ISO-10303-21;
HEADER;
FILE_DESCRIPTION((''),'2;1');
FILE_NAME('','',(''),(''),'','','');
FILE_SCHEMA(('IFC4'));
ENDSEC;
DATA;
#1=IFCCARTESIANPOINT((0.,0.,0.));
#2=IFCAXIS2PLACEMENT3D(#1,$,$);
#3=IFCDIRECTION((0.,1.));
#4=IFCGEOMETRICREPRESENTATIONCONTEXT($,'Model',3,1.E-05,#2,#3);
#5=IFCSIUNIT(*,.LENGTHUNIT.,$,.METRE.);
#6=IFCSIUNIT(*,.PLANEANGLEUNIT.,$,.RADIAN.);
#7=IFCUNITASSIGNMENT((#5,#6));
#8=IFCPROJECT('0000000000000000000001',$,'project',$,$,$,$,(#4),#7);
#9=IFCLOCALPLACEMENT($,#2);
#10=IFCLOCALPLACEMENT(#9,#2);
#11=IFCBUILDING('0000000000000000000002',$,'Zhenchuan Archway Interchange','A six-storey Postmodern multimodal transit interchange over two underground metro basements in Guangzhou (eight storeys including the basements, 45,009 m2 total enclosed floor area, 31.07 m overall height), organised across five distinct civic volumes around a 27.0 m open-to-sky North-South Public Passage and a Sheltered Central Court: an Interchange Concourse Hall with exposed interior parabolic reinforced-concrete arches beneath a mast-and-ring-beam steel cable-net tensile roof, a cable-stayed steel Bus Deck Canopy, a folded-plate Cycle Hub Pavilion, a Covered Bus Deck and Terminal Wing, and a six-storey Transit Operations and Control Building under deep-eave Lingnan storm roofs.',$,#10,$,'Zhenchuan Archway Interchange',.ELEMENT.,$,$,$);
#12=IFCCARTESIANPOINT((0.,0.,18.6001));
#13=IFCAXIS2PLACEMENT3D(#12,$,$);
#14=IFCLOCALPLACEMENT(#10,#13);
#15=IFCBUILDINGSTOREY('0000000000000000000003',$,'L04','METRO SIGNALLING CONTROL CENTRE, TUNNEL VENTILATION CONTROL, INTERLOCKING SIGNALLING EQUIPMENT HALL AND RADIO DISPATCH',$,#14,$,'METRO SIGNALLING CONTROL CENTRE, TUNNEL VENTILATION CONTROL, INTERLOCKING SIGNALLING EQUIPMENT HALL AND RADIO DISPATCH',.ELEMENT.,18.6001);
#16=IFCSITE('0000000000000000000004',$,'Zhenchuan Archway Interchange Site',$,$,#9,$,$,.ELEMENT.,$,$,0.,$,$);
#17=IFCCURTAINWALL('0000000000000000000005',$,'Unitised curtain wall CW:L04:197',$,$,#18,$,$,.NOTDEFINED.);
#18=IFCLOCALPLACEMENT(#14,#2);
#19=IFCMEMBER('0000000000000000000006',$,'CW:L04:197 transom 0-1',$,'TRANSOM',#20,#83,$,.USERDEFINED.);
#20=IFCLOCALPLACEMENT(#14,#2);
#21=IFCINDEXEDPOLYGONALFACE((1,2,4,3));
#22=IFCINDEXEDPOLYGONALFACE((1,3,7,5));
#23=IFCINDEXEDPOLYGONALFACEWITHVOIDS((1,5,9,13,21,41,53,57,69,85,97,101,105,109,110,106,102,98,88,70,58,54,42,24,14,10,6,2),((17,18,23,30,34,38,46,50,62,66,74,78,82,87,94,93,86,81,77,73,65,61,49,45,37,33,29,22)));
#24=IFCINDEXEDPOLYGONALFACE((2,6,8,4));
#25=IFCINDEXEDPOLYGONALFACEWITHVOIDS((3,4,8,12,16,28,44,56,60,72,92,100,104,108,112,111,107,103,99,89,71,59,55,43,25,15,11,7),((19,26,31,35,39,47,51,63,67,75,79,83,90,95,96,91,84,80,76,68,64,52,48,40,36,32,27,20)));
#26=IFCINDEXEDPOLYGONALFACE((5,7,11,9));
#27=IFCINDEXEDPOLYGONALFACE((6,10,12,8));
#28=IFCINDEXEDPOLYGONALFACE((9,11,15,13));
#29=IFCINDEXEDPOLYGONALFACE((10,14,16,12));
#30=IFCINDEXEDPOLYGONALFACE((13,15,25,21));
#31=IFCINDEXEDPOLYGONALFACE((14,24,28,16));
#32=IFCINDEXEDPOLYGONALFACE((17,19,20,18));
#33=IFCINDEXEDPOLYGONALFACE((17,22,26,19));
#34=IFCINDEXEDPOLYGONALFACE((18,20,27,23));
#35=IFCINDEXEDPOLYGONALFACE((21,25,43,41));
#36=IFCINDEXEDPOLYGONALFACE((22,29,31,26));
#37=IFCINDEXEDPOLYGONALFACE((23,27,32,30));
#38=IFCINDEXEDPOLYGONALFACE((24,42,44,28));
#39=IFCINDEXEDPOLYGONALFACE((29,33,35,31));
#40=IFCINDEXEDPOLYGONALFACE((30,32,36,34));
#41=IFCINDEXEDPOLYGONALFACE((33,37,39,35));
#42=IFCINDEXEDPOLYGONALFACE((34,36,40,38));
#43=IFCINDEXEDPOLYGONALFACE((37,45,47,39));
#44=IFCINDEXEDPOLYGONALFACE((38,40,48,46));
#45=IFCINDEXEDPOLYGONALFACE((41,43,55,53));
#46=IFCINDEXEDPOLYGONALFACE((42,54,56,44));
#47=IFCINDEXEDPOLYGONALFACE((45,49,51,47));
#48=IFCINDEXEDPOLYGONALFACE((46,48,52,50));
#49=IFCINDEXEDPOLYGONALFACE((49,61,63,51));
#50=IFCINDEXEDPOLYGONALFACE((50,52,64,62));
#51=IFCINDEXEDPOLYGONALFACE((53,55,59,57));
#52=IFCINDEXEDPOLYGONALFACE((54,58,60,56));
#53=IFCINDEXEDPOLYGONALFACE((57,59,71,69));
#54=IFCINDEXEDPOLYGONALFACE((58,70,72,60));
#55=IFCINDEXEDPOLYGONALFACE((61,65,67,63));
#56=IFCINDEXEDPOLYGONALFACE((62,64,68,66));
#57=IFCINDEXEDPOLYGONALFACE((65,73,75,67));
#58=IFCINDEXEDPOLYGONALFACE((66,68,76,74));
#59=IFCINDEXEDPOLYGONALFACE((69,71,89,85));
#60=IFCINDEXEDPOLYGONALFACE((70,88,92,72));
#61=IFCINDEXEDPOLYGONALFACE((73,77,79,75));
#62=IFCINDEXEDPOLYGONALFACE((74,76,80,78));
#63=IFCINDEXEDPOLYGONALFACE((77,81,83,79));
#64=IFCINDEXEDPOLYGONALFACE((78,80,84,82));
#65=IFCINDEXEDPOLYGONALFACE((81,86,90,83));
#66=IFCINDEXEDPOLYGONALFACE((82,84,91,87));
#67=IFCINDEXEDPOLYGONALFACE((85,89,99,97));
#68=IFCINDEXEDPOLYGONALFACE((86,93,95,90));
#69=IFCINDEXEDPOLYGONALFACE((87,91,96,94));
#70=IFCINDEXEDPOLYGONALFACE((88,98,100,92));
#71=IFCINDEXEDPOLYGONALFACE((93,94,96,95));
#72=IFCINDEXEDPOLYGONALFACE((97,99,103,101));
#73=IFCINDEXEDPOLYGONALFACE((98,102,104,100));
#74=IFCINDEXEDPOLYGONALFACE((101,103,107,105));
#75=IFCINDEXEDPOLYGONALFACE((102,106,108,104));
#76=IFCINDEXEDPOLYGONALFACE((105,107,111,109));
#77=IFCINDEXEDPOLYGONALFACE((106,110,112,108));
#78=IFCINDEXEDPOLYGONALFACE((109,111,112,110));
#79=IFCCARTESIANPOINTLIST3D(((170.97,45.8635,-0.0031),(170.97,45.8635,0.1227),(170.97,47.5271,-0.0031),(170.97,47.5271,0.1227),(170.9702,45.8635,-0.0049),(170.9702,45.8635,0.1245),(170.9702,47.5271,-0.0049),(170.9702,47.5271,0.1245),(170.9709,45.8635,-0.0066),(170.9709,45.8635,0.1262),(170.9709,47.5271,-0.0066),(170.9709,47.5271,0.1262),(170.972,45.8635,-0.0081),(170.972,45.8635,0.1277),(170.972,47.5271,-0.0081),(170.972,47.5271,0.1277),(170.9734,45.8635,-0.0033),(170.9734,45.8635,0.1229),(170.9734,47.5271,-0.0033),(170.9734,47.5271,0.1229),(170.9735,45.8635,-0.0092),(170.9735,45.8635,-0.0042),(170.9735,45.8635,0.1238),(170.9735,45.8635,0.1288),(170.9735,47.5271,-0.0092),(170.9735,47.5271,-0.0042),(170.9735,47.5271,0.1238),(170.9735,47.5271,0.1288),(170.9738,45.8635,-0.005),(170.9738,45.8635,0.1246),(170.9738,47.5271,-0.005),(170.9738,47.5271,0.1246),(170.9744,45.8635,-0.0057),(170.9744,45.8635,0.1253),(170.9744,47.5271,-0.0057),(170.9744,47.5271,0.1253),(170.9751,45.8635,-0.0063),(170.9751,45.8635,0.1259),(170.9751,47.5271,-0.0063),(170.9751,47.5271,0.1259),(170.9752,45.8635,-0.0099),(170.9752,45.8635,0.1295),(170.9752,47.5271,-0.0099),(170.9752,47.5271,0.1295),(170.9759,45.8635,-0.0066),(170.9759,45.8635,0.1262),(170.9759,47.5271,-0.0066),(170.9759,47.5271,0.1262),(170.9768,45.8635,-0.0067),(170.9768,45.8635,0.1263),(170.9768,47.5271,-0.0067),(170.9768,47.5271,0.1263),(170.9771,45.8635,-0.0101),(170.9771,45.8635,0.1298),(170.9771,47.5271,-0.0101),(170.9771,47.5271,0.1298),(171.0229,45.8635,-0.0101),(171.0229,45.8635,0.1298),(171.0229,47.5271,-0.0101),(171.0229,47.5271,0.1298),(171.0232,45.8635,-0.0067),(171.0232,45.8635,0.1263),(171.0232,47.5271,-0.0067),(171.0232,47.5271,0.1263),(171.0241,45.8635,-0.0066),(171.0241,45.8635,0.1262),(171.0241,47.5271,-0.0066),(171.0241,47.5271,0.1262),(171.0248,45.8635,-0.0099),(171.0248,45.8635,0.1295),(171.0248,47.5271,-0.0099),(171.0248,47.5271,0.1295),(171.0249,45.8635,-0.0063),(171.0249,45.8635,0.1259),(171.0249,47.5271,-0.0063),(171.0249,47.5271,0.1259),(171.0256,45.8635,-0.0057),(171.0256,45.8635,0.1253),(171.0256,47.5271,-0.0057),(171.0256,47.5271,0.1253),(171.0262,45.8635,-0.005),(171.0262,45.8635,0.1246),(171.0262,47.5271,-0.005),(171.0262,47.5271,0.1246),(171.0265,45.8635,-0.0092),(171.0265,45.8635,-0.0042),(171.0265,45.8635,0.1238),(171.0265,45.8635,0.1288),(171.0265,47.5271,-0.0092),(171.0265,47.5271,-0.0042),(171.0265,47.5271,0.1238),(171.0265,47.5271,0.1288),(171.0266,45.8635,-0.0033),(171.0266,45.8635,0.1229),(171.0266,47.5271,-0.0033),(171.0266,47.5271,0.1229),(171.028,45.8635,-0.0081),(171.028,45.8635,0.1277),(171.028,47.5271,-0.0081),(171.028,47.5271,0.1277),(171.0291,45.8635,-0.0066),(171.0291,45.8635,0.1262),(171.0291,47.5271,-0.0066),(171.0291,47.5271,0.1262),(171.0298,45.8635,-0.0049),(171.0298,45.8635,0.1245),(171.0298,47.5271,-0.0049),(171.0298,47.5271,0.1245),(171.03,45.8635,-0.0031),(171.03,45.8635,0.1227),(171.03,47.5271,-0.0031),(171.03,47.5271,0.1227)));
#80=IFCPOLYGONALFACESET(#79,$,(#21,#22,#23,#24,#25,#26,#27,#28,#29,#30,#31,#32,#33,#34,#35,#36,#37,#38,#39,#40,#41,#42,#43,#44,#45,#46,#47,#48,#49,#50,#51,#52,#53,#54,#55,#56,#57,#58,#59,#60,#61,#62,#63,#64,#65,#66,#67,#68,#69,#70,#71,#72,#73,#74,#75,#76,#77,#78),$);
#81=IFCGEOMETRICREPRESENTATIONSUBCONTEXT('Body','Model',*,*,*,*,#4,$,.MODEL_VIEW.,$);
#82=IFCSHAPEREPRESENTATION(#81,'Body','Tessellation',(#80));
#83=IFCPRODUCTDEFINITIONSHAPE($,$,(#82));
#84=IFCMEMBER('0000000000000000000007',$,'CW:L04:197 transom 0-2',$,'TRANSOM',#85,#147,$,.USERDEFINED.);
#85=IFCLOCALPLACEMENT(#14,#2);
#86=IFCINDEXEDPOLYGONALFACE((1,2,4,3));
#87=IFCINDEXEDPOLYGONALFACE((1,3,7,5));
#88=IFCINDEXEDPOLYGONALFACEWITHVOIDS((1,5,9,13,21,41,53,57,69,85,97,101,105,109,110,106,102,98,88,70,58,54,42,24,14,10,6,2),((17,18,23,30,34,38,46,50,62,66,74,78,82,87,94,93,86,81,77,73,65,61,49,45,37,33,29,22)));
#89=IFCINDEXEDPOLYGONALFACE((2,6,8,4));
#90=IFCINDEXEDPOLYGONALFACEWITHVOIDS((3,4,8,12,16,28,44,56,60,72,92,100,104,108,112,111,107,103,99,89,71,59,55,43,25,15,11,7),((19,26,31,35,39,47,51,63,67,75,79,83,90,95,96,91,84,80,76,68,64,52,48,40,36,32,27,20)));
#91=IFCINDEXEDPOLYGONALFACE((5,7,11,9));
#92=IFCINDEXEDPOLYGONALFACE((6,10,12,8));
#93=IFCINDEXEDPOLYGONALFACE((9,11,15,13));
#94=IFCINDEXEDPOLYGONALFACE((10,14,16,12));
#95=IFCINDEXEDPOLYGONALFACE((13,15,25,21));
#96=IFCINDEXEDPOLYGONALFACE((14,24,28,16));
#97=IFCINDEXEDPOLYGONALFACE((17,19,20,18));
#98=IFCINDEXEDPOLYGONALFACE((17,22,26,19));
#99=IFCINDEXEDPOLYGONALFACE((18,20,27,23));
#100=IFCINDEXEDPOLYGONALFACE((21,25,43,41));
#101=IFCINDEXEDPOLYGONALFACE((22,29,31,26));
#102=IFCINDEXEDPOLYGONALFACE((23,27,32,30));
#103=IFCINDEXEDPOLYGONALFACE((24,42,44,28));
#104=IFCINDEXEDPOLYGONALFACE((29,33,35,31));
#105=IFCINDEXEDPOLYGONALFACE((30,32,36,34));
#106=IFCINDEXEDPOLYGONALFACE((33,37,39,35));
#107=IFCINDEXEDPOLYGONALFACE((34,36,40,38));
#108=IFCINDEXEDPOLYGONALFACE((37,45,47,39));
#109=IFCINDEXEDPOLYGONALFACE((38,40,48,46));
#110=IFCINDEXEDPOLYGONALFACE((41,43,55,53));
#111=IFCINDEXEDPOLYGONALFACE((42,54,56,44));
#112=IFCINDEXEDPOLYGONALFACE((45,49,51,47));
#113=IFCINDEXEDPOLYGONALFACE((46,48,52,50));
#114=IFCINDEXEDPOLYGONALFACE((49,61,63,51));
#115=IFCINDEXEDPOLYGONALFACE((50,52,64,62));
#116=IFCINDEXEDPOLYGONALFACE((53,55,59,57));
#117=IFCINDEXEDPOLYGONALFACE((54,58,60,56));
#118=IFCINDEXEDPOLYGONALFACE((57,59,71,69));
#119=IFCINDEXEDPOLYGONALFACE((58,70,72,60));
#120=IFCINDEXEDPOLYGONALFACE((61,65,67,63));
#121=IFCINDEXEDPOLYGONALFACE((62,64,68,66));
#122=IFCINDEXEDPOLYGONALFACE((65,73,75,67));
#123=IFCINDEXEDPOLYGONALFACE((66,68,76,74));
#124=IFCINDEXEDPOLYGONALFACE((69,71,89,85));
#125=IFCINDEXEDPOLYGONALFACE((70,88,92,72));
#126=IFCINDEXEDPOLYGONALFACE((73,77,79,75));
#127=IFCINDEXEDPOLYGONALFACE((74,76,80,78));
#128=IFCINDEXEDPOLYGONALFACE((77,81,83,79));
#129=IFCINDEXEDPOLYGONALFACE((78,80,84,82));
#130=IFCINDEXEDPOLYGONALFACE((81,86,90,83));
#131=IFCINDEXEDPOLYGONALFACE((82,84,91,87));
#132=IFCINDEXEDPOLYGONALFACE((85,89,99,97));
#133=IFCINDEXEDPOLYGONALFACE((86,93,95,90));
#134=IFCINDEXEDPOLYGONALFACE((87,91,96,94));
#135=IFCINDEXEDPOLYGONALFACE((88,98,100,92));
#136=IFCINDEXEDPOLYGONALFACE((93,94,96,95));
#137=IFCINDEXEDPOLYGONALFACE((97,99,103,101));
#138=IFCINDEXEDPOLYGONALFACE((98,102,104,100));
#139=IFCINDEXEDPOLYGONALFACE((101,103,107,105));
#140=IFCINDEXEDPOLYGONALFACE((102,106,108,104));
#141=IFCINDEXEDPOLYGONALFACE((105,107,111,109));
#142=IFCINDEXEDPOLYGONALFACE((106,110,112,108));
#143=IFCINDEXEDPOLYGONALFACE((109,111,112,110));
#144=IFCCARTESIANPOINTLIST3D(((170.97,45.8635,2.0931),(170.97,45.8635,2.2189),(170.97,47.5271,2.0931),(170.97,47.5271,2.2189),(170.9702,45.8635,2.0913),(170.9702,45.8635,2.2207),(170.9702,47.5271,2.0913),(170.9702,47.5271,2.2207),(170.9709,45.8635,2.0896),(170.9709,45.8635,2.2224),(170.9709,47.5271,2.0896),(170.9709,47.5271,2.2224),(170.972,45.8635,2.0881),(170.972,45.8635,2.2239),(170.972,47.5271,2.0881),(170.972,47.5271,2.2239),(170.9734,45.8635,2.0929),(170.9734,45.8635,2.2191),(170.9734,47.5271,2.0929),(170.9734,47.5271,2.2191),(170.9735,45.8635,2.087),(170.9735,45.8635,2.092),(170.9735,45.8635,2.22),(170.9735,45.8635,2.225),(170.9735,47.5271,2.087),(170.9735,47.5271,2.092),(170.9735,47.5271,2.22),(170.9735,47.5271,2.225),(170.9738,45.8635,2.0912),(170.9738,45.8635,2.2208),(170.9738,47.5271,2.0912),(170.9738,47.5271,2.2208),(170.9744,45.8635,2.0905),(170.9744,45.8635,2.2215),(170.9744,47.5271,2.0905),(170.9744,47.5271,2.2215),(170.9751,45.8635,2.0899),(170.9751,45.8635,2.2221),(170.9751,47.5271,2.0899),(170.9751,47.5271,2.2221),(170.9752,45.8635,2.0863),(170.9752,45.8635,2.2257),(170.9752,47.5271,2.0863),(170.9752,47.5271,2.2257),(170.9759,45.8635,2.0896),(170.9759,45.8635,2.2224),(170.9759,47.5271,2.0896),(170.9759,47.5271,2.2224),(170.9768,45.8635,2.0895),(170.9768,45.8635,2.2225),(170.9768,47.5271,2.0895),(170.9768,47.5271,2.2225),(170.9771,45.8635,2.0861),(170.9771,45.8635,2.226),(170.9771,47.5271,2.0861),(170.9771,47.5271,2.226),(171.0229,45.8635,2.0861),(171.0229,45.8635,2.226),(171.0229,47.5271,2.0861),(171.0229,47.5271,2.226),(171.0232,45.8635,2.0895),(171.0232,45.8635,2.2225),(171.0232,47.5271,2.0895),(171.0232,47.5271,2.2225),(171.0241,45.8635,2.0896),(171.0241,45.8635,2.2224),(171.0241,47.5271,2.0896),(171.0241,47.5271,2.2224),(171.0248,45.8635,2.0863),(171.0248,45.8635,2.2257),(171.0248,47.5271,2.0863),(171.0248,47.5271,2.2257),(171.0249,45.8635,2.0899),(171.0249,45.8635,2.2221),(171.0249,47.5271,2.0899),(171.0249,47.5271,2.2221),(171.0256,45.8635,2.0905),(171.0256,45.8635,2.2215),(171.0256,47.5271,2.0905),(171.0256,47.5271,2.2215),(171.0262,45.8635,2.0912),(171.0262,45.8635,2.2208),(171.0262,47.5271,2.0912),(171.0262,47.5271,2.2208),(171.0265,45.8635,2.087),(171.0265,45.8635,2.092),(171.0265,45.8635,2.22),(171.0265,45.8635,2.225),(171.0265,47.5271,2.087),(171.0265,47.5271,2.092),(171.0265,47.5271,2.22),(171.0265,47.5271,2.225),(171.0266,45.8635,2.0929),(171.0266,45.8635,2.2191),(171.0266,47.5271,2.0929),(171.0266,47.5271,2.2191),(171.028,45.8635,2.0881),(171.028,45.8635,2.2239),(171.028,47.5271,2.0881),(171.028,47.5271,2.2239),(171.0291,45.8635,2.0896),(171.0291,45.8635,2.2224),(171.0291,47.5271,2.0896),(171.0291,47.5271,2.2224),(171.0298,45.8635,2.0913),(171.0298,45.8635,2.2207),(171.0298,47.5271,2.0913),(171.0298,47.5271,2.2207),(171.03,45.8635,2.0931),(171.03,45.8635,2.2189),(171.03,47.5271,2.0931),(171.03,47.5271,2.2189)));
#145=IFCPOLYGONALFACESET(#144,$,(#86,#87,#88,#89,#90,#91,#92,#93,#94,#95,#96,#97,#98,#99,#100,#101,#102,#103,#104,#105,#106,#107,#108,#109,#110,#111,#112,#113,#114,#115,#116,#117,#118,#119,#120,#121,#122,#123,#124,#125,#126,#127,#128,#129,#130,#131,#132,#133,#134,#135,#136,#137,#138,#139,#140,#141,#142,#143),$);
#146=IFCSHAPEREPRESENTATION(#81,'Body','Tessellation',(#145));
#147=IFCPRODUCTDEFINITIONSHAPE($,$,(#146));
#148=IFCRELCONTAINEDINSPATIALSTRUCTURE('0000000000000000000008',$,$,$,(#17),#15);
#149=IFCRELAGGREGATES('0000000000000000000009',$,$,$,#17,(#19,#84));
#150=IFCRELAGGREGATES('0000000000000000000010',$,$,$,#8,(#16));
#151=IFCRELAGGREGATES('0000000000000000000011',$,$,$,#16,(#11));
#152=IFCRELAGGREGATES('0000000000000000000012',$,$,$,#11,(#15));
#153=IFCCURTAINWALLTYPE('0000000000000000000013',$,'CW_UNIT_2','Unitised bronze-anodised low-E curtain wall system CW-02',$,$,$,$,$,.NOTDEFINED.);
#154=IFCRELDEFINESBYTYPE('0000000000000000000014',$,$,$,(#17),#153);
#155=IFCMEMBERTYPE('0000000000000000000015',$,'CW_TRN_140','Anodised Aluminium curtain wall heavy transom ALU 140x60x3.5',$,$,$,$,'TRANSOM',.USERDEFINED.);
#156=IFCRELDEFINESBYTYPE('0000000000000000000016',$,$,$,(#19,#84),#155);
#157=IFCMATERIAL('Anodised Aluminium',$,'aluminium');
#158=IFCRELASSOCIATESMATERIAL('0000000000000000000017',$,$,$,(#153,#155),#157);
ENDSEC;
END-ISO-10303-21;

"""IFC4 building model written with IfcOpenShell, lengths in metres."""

from ifc_helpers import new_model, si_unit, direction, frame, origin, origin_2d, place, context, subcontext, project, spatial, hollow_rectangle, extrude, material, material_profile, profile_set, type_object, element, aggregate, save


model = new_model("IFC4")

# Units and contexts
model_context = context("Model", 3, precision=1e-05, world=origin(), true_north=direction((0.0, 1.0)))
body_context = subcontext(model_context, "Body", "Model", "MODEL_VIEW")
ifc_project = project(units=[si_unit("LENGTHUNIT", "METRE"), si_unit("PLANEANGLEUNIT", "RADIAN")], contexts=[model_context])

# Site, building, storey
site_placement = place(None, origin())
site = spatial("IfcSite", under=ifc_project, at=site_placement, Name="Zhenchuan Archway Interchange Site", CompositionType="ELEMENT", RefElevation=0.0)
building_placement = place(site_placement, origin())
building = spatial("IfcBuilding", under=site, at=building_placement, Name="Zhenchuan Archway Interchange", Description="A six-storey Postmodern multimodal transit interchange over two underground metro basements in Guangzhou (eight storeys including the basements, 45,009 m2 total enclosed floor area, 31.07 m overall height), organised across five distinct civic volumes around a 27.0 m open-to-sky North-South Public Passage and a Sheltered Central Court: an Interchange Concourse Hall with exposed interior parabolic reinforced-concrete arches beneath a mast-and-ring-beam steel cable-net tensile roof, a cable-stayed steel Bus Deck Canopy, a folded-plate Cycle Hub Pavilion, a Covered Bus Deck and Terminal Wing, and a six-storey Transit Operations and Control Building under deep-eave Lingnan storm roofs.", LongName="Zhenchuan Archway Interchange", CompositionType="ELEMENT")
storey_placement = place(building_placement, frame((0.0, 0.0, 18.6001)))
storey = spatial("IfcBuildingStorey", under=building, at=storey_placement, Name="L04", Description="METRO SIGNALLING CONTROL CENTRE, TUNNEL VENTILATION CONTROL, INTERLOCKING SIGNALLING EQUIPMENT HALL AND RADIO DISPATCH", LongName="METRO SIGNALLING CONTROL CENTRE, TUNNEL VENTILATION CONTROL, INTERLOCKING SIGNALLING EQUIPMENT HALL AND RADIO DISPATCH", CompositionType="ELEMENT", Elevation=18.6001)

# Curtain wall, members
ifc_material_1 = material(Name="Anodised Aluminium", Category="aluminium")
curtain_wall_type = type_object("IfcCurtainWallType", Name="CW_UNIT_2", Description="Unitised bronze-anodised low-E curtain wall system CW-02", PredefinedType="NOTDEFINED", material=ifc_material_1)
curtain_wall_placement = place(storey_placement, origin())
curtain_wall = element("IfcCurtainWall", 1, at=curtain_wall_placement, inside=storey, type_object=curtain_wall_type, Name="Unitised curtain wall CW:L04:197", PredefinedType="NOTDEFINED")
ifc_material_profile_1 = material_profile(ifc_material_1, hollow_rectangle(XDim=0.0601, YDim=0.1399, WallThickness=0.0034, InnerFilletRadius=0.0034, OuterFilletRadius=0.0071, at=origin_2d()), Name="ALU 140x60x3.5")
ifc_profile_set_1 = profile_set([ifc_material_profile_1], Name="Anodised Aluminium")
member_type_1 = type_object("IfcMemberType", Name="CW_TRN_140", Description="Anodised Aluminium curtain wall heavy transom ALU 140x60x3.5", ElementType="TRANSOM", PredefinedType="USERDEFINED", material=ifc_profile_set_1)
member_1_placement = place(storey_placement, frame((171.0, 47.5271, 0.0598), z_axis=(0.0, -1.0, 0.0), x_axis=(1.0, 0.0, 0.0)))
member_1 = element("IfcMember", 2, at=member_1_placement, type_object=member_type_1, Name="CW:L04:197 transom 0-1", ObjectType="TRANSOM", PredefinedType="USERDEFINED", context=body_context, shape_type="SweptSolid", body=[
    extrude(hollow_rectangle(XDim=0.0601, YDim=0.1399, WallThickness=0.0034, InnerFilletRadius=0.0034, OuterFilletRadius=0.0071, at=origin_2d()), origin(), (0.0, 0.0, 1.0), 1.6636),
])
member_2_placement = place(storey_placement, frame((171.0, 47.5271, 2.156), z_axis=(0.0, -1.0, 0.0), x_axis=(1.0, 0.0, 0.0)))
member_2 = element("IfcMember", 3, at=member_2_placement, type_object=member_type_1, Name="CW:L04:197 transom 0-2", ObjectType="TRANSOM", PredefinedType="USERDEFINED", context=body_context, shape_type="SweptSolid", body=[
    extrude(hollow_rectangle(XDim=0.0601, YDim=0.1399, WallThickness=0.0034, InnerFilletRadius=0.0034, OuterFilletRadius=0.0071, at=origin_2d()), origin(), (0.0, 0.0, 1.0), 1.6636),
])

aggregate(curtain_wall, [member_1, member_2])

save(model, "model.ifc")
